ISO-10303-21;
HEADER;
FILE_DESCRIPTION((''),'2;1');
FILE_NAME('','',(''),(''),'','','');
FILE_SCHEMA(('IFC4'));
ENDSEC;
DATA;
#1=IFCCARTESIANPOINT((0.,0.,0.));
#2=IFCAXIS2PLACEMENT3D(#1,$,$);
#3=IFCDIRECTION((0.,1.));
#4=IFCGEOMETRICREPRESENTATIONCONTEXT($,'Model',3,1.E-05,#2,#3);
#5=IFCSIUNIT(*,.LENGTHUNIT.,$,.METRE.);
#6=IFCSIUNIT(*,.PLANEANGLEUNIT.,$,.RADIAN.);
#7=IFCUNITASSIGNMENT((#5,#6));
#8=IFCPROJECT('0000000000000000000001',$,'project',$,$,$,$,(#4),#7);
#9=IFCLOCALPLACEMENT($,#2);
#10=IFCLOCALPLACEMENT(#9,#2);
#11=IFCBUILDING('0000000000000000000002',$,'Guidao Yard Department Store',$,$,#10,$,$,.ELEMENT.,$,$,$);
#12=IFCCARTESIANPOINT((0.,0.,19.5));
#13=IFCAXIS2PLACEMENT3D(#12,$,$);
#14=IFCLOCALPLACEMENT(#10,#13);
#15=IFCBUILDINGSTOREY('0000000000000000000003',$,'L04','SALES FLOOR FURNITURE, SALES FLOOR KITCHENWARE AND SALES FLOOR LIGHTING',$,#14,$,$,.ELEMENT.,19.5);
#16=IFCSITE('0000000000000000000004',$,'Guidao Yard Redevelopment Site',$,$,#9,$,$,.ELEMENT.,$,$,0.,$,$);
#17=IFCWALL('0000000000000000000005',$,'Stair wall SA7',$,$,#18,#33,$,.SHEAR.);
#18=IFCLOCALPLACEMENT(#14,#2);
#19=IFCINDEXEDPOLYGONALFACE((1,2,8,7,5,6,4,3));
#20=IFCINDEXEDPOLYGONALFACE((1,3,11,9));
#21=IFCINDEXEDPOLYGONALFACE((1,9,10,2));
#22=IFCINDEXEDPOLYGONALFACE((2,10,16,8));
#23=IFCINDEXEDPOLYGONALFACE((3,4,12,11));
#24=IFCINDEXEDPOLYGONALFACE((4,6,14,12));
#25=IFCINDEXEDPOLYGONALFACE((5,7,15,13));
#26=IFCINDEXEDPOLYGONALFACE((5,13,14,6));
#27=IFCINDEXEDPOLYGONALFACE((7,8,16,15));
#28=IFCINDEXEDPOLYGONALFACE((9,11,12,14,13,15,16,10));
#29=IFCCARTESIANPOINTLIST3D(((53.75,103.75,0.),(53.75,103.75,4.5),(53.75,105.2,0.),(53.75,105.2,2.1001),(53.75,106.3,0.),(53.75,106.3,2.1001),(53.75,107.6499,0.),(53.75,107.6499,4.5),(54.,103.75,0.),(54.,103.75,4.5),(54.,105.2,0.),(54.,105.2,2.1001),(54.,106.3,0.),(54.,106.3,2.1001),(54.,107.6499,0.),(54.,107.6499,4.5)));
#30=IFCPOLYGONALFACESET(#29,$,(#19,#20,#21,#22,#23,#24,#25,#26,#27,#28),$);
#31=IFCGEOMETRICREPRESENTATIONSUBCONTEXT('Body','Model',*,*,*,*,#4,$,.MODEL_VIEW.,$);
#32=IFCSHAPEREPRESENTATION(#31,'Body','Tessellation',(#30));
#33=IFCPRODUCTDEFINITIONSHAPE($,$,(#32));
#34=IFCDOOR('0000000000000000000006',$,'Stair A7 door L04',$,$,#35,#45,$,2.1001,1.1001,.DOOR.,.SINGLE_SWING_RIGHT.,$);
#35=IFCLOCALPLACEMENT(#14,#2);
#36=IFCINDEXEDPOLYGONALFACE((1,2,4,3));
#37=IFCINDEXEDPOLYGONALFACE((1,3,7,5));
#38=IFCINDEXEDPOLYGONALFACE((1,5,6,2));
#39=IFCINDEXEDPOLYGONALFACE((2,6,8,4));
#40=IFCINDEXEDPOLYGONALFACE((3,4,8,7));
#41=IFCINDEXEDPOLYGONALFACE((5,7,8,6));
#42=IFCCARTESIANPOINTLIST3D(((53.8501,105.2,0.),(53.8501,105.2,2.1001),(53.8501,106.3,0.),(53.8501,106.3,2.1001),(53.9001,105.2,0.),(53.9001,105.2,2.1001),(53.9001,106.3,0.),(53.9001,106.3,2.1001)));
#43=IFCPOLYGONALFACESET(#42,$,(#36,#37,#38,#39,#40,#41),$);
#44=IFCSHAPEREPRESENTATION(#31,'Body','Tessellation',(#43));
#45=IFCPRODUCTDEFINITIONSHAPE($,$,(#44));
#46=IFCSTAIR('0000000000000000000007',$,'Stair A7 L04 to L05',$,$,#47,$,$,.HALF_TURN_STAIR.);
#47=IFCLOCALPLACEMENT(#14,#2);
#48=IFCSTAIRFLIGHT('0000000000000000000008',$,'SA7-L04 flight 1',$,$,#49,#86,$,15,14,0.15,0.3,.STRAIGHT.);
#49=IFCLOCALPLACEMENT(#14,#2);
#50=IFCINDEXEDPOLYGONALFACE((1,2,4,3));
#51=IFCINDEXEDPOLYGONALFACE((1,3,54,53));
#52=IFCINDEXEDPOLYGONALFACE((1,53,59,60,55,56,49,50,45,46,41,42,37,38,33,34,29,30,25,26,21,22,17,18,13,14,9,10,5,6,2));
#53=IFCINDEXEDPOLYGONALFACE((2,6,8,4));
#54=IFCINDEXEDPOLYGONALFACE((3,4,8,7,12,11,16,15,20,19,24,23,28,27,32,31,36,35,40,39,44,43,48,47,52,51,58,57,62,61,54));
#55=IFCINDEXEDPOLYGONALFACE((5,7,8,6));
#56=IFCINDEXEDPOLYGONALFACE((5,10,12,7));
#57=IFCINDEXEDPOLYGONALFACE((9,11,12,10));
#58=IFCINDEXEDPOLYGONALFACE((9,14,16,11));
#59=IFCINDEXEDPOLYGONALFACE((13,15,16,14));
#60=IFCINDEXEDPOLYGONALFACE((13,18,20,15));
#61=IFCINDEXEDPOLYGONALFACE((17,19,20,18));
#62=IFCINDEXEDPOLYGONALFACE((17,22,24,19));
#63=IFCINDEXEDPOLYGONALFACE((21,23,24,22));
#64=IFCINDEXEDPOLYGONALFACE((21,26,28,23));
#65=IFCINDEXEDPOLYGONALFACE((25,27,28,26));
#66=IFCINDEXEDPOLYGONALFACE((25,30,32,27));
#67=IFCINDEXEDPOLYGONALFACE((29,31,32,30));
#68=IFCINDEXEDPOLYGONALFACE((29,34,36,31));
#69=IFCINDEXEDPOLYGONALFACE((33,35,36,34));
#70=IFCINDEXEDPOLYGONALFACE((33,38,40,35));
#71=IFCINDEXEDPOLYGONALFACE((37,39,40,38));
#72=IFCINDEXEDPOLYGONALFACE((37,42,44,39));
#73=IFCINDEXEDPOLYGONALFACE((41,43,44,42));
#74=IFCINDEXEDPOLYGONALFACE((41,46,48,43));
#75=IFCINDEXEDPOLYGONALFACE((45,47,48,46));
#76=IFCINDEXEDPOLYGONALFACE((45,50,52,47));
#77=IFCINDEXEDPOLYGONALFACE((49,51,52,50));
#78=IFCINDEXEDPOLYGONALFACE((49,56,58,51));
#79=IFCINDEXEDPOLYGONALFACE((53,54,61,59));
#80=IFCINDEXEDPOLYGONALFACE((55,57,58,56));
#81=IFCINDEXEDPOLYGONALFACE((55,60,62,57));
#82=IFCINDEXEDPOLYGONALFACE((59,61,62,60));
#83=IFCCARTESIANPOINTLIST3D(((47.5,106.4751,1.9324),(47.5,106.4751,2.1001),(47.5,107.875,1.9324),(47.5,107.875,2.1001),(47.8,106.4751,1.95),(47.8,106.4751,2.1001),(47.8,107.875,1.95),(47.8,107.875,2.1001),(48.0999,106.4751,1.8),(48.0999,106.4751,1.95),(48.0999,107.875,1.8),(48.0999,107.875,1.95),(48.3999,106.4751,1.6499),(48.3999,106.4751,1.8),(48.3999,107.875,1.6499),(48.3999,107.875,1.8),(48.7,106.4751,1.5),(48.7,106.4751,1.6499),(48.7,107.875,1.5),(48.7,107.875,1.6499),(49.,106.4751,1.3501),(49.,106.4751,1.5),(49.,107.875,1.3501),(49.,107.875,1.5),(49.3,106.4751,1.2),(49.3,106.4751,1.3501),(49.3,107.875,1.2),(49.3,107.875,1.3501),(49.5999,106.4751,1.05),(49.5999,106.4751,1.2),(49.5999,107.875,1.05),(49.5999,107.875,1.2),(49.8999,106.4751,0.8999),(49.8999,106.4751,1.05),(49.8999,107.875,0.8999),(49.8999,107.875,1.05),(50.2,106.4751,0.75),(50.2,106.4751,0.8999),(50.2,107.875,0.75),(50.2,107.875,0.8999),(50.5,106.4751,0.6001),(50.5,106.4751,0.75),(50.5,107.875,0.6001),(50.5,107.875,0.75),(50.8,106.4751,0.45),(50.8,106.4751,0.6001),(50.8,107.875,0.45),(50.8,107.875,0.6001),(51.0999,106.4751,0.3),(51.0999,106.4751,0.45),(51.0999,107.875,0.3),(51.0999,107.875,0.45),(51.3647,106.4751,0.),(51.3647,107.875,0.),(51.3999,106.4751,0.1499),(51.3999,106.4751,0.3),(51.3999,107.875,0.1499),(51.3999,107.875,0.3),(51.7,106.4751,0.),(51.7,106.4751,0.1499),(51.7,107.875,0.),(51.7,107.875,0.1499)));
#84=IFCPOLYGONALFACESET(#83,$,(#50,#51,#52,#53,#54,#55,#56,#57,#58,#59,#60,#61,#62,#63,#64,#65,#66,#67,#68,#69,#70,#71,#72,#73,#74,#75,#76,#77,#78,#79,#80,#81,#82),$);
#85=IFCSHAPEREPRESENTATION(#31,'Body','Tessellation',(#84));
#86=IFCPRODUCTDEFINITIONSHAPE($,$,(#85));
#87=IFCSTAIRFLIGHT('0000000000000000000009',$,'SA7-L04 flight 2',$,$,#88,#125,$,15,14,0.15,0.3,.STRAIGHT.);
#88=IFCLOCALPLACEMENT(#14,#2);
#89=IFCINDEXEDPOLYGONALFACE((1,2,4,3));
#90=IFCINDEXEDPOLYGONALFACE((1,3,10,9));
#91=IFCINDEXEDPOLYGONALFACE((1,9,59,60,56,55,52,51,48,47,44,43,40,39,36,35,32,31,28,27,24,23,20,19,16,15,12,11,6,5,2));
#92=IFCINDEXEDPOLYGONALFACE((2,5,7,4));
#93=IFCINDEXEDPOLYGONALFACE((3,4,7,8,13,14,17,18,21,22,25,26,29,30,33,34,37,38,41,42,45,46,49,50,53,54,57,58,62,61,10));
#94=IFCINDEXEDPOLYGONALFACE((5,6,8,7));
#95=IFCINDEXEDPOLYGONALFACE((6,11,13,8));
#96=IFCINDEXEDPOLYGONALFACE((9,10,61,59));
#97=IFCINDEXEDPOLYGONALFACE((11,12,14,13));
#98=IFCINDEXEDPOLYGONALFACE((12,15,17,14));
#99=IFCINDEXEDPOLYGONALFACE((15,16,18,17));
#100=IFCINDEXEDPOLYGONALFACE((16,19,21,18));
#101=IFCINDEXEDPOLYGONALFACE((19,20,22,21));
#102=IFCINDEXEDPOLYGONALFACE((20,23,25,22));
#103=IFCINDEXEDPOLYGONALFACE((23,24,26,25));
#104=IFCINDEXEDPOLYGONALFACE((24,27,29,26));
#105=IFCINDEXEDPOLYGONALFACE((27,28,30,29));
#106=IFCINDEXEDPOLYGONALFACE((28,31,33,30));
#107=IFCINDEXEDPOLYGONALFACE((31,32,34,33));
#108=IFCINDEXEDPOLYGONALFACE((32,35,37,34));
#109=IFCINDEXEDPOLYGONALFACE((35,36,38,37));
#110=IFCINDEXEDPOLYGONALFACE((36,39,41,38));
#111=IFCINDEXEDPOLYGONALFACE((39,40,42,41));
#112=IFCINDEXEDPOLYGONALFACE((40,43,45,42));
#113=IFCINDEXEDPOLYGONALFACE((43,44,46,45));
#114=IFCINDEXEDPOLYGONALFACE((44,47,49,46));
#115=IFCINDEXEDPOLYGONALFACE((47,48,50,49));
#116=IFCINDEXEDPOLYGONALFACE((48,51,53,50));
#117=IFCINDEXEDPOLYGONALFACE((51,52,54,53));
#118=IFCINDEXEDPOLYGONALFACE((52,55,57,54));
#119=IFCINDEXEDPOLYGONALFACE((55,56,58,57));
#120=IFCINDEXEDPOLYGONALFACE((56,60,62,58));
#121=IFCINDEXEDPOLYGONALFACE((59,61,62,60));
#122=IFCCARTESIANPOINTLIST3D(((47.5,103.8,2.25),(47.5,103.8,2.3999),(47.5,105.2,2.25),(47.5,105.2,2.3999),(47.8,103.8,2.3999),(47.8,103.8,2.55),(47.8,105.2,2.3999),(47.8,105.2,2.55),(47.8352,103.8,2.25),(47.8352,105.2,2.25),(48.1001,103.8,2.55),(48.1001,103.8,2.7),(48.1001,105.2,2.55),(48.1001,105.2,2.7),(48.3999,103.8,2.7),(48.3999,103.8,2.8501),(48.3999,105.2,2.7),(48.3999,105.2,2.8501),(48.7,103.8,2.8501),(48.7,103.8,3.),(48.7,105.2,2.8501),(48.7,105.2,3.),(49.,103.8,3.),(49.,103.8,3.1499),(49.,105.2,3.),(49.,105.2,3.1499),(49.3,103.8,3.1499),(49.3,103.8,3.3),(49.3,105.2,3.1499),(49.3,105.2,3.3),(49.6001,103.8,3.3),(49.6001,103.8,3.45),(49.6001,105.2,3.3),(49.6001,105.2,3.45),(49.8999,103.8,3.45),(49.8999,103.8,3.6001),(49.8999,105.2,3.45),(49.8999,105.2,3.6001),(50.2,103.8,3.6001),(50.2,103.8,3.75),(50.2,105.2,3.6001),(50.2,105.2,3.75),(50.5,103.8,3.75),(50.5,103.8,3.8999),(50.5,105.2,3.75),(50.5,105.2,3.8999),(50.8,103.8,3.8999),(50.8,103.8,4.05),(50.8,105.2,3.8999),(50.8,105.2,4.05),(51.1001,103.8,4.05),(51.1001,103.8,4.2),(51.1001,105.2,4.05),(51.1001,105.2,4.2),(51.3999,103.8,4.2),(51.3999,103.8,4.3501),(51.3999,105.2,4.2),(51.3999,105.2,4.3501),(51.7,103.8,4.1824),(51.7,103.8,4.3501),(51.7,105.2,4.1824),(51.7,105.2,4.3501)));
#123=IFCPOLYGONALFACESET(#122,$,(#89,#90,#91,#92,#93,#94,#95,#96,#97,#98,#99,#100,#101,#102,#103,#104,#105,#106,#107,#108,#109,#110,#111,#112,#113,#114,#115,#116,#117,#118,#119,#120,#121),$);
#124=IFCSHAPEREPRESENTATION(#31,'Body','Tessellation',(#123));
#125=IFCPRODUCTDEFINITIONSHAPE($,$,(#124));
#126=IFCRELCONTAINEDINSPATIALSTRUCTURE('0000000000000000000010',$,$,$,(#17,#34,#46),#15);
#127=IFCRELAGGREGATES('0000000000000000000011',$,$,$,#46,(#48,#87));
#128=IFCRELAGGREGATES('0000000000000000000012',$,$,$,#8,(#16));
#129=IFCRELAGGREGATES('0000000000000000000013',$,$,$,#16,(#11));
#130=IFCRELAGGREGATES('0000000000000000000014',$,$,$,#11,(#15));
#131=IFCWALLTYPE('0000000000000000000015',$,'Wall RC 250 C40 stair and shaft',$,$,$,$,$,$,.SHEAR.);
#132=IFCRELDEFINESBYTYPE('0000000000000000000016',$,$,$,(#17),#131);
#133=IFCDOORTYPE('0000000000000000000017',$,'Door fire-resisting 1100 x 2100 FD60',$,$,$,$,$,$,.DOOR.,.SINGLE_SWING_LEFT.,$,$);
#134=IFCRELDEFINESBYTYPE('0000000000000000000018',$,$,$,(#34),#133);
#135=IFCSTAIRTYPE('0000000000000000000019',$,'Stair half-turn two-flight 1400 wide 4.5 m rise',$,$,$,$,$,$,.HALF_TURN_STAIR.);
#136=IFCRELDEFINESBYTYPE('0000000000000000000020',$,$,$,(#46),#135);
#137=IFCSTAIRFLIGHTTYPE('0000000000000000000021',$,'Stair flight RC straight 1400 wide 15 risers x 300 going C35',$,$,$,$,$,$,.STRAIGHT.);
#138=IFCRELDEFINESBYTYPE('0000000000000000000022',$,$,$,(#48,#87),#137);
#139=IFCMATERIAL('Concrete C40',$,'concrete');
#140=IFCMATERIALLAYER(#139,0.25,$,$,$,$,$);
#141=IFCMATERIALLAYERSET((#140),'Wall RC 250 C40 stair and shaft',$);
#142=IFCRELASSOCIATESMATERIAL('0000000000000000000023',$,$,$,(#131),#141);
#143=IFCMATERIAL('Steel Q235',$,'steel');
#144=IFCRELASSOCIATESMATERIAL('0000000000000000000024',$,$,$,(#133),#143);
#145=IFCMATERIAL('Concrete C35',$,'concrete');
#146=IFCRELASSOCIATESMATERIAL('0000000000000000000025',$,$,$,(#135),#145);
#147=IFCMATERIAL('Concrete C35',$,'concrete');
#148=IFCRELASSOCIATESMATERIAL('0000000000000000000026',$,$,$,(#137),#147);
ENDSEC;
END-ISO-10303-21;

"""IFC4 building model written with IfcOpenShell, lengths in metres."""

from ifc_helpers import new_model, si_unit, direction, frame, frame_2d, origin, place, context, subcontext, project, spatial, polyline, rectangle, outline, extrude, material, layer, layer_set, type_object, element, fill, aggregate, save


model = new_model("IFC4")

# Units and contexts
model_context = context("Model", 3, precision=1e-05, world=origin(), true_north=direction((0.0, 1.0)))
body_context = subcontext(model_context, "Body", "Model", "MODEL_VIEW")
ifc_project = project(units=[si_unit("LENGTHUNIT", "METRE"), si_unit("PLANEANGLEUNIT", "RADIAN")], contexts=[model_context])

# Site, building, storey
site_placement = place(None, origin())
site = spatial("IfcSite", under=ifc_project, at=site_placement, Name="Guidao Yard Redevelopment Site", CompositionType="ELEMENT", RefElevation=0.0)
building_placement = place(site_placement, origin())
building = spatial("IfcBuilding", under=site, at=building_placement, Name="Guidao Yard Department Store", CompositionType="ELEMENT")
storey_placement = place(building_placement, frame((0.0, 0.0, 19.5)))
storey = spatial("IfcBuildingStorey", under=building, at=storey_placement, Name="L04", Description="SALES FLOOR FURNITURE, SALES FLOOR KITCHENWARE AND SALES FLOOR LIGHTING", CompositionType="ELEMENT", Elevation=19.5)

# Shared definitions
ifc_material_1 = material(Name="Concrete C40", Category="concrete")
ifc_layer_1 = layer(ifc_material_1, 0.25)
ifc_layer_set_1 = layer_set([ifc_layer_1], Name="Wall RC 250 C40 stair and shaft")
wall_type_1 = type_object("IfcWallType", Name="Wall RC 250 C40 stair and shaft", PredefinedType="SHEAR", material=ifc_layer_set_1)

# Wall, opening, door
wall_1_placement = place(storey_placement, frame((53.875, 103.75, 0.0), z_axis=(0.0, 0.0, 1.0), x_axis=(0.0, 1.0, 0.0)))
wall_1 = element("IfcWall", 1, at=wall_1_placement, inside=storey, type_object=wall_type_1, Name="Stair wall SA7", PredefinedType="SHEAR", context=body_context, shape_type="SweptSolid", body=[
    extrude(rectangle(XDim=3.8999, YDim=0.25, at=frame_2d((1.95, 0.0))), origin(), (0.0, 0.0, 1.0), 4.5),
])
opening_1_placement = place(wall_1_placement, frame((1.45, 0.0, 0.0)))
opening_1 = element("IfcOpeningElement", 2, at=opening_1_placement, cuts=wall_1, PredefinedType="OPENING", context=body_context, shape_type="SweptSolid", body=[
    extrude(rectangle(XDim=1.1001, YDim=2.1001, at=frame_2d((0.55, 1.05))), frame((0.0, 0.135, 0.0), z_axis=(0.0, -1.0, 0.0), x_axis=(1.0, 0.0, 0.0)), (0.0, 0.0, 1.0), 0.27),
])
ifc_material_2 = material(Name="Steel Q235", Category="steel")
door_type = type_object("IfcDoorType", Name="Door fire-resisting 1100 x 2100 FD60", OperationType="SINGLE_SWING_LEFT", PredefinedType="DOOR", material=ifc_material_2)
door_placement = place(opening_1_placement, origin())
door = element("IfcDoor", 3, at=door_placement, inside=storey, type_object=door_type, Name="Stair A7 door L04", OperationType="SINGLE_SWING_RIGHT", OverallHeight=2.1001, OverallWidth=1.1001, PredefinedType="DOOR", context=body_context, shape_type="SweptSolid", body=[
    extrude(rectangle(XDim=1.1001, YDim=2.1001, at=frame_2d((0.55, 1.05))), frame((0.0, 0.0249, 0.0), z_axis=(0.0, -1.0, 0.0), x_axis=(1.0, 0.0, 0.0)), (0.0, 0.0, 1.0), 0.05),
])
fill(opening_1, door)

# Stair, stair flights
ifc_material_3 = material(Name="Concrete C35", Category="concrete")
stair_type = type_object("IfcStairType", Name="Stair half-turn two-flight 1400 wide 4.5 m rise", PredefinedType="HALF_TURN_STAIR", material=ifc_material_3)
stair_placement = place(storey_placement, origin())
stair = element("IfcStair", 4, at=stair_placement, inside=storey, type_object=stair_type, Name="Stair A7 L04 to L05", PredefinedType="HALF_TURN_STAIR")
ifc_material_4 = material(Name="Concrete C35", Category="concrete")
stair_flight_type = type_object("IfcStairFlightType", Name="Stair flight RC straight 1400 wide 15 risers x 300 going C35", PredefinedType="STRAIGHT", material=ifc_material_4)
stair_flight_1_placement = place(storey_placement, frame((51.7, 107.175, 0.0), z_axis=(0.0, 0.0, 1.0), x_axis=(-1.0, 0.0, 0.0)))
stair_flight_1 = element("IfcStairFlight", 5, at=stair_flight_1_placement, type_object=stair_flight_type, Name="SA7-L04 flight 1", NumberOfRisers=15, NumberOfTreads=14, PredefinedType="STRAIGHT", RiserHeight=0.15, TreadLength=0.3, context=body_context, shape_type="SweptSolid", body=[
    extrude(outline(polyline([(0.0, 0.0), (0.0, 0.1499), (0.3, 0.1499), (0.3, 0.3), (0.6001, 0.3), (0.6001, 0.45), (0.8999, 0.45), (0.8999, 0.6001), (1.2, 0.6001), (1.2, 0.75), (1.5, 0.75), (1.5, 0.8999), (1.8, 0.8999), (1.8, 1.05), (2.1001, 1.05), (2.1001, 1.2), (2.3999, 1.2), (2.3999, 1.3501), (2.7, 1.3501), (2.7, 1.5), (3.0, 1.5), (3.0, 1.6499), (3.3, 1.6499), (3.3, 1.8), (3.6001, 1.8), (3.6001, 1.95), (3.8999, 1.95), (3.8999, 2.1001), (4.2, 2.1001), (4.2, 2.25), (4.2, 1.9324), (0.3352, 0.0), (0.0, 0.0)])), frame((0.0, 0.7, 0.0), z_axis=(0.0, -1.0, 0.0), x_axis=(1.0, 0.0, 0.0)), (0.0, 0.0, 1.0), 1.3999),
])
stair_flight_2_placement = place(storey_placement, frame((47.5, 104.5, 2.25), z_axis=(0.0, 0.0, 1.0), x_axis=(1.0, 0.0, 0.0)))
stair_flight_2 = element("IfcStairFlight", 6, at=stair_flight_2_placement, type_object=stair_flight_type, Name="SA7-L04 flight 2", NumberOfRisers=15, NumberOfTreads=14, PredefinedType="STRAIGHT", RiserHeight=0.15, TreadLength=0.3, context=body_context, shape_type="SweptSolid", body=[
    extrude(outline(polyline([(0.0, 0.0), (0.0, 0.1499), (0.3, 0.1499), (0.3, 0.3), (0.6001, 0.3), (0.6001, 0.45), (0.8999, 0.45), (0.8999, 0.6001), (1.2, 0.6001), (1.2, 0.75), (1.5, 0.75), (1.5, 0.8999), (1.8, 0.8999), (1.8, 1.05), (2.1001, 1.05), (2.1001, 1.2), (2.3999, 1.2), (2.3999, 1.3501), (2.7, 1.3501), (2.7, 1.5), (3.0, 1.5), (3.0, 1.6499), (3.3, 1.6499), (3.3, 1.8), (3.6001, 1.8), (3.6001, 1.95), (3.8999, 1.95), (3.8999, 2.1001), (4.2, 2.1001), (4.2, 2.25), (4.2, 1.9324), (0.3352, 0.0), (0.0, 0.0)])), frame((0.0, 0.7, 0.0), z_axis=(0.0, -1.0, 0.0), x_axis=(1.0, 0.0, 0.0)), (0.0, 0.0, 1.0), 1.3999),
])
aggregate(stair, [stair_flight_1, stair_flight_2])

save(model, "model.ifc")
